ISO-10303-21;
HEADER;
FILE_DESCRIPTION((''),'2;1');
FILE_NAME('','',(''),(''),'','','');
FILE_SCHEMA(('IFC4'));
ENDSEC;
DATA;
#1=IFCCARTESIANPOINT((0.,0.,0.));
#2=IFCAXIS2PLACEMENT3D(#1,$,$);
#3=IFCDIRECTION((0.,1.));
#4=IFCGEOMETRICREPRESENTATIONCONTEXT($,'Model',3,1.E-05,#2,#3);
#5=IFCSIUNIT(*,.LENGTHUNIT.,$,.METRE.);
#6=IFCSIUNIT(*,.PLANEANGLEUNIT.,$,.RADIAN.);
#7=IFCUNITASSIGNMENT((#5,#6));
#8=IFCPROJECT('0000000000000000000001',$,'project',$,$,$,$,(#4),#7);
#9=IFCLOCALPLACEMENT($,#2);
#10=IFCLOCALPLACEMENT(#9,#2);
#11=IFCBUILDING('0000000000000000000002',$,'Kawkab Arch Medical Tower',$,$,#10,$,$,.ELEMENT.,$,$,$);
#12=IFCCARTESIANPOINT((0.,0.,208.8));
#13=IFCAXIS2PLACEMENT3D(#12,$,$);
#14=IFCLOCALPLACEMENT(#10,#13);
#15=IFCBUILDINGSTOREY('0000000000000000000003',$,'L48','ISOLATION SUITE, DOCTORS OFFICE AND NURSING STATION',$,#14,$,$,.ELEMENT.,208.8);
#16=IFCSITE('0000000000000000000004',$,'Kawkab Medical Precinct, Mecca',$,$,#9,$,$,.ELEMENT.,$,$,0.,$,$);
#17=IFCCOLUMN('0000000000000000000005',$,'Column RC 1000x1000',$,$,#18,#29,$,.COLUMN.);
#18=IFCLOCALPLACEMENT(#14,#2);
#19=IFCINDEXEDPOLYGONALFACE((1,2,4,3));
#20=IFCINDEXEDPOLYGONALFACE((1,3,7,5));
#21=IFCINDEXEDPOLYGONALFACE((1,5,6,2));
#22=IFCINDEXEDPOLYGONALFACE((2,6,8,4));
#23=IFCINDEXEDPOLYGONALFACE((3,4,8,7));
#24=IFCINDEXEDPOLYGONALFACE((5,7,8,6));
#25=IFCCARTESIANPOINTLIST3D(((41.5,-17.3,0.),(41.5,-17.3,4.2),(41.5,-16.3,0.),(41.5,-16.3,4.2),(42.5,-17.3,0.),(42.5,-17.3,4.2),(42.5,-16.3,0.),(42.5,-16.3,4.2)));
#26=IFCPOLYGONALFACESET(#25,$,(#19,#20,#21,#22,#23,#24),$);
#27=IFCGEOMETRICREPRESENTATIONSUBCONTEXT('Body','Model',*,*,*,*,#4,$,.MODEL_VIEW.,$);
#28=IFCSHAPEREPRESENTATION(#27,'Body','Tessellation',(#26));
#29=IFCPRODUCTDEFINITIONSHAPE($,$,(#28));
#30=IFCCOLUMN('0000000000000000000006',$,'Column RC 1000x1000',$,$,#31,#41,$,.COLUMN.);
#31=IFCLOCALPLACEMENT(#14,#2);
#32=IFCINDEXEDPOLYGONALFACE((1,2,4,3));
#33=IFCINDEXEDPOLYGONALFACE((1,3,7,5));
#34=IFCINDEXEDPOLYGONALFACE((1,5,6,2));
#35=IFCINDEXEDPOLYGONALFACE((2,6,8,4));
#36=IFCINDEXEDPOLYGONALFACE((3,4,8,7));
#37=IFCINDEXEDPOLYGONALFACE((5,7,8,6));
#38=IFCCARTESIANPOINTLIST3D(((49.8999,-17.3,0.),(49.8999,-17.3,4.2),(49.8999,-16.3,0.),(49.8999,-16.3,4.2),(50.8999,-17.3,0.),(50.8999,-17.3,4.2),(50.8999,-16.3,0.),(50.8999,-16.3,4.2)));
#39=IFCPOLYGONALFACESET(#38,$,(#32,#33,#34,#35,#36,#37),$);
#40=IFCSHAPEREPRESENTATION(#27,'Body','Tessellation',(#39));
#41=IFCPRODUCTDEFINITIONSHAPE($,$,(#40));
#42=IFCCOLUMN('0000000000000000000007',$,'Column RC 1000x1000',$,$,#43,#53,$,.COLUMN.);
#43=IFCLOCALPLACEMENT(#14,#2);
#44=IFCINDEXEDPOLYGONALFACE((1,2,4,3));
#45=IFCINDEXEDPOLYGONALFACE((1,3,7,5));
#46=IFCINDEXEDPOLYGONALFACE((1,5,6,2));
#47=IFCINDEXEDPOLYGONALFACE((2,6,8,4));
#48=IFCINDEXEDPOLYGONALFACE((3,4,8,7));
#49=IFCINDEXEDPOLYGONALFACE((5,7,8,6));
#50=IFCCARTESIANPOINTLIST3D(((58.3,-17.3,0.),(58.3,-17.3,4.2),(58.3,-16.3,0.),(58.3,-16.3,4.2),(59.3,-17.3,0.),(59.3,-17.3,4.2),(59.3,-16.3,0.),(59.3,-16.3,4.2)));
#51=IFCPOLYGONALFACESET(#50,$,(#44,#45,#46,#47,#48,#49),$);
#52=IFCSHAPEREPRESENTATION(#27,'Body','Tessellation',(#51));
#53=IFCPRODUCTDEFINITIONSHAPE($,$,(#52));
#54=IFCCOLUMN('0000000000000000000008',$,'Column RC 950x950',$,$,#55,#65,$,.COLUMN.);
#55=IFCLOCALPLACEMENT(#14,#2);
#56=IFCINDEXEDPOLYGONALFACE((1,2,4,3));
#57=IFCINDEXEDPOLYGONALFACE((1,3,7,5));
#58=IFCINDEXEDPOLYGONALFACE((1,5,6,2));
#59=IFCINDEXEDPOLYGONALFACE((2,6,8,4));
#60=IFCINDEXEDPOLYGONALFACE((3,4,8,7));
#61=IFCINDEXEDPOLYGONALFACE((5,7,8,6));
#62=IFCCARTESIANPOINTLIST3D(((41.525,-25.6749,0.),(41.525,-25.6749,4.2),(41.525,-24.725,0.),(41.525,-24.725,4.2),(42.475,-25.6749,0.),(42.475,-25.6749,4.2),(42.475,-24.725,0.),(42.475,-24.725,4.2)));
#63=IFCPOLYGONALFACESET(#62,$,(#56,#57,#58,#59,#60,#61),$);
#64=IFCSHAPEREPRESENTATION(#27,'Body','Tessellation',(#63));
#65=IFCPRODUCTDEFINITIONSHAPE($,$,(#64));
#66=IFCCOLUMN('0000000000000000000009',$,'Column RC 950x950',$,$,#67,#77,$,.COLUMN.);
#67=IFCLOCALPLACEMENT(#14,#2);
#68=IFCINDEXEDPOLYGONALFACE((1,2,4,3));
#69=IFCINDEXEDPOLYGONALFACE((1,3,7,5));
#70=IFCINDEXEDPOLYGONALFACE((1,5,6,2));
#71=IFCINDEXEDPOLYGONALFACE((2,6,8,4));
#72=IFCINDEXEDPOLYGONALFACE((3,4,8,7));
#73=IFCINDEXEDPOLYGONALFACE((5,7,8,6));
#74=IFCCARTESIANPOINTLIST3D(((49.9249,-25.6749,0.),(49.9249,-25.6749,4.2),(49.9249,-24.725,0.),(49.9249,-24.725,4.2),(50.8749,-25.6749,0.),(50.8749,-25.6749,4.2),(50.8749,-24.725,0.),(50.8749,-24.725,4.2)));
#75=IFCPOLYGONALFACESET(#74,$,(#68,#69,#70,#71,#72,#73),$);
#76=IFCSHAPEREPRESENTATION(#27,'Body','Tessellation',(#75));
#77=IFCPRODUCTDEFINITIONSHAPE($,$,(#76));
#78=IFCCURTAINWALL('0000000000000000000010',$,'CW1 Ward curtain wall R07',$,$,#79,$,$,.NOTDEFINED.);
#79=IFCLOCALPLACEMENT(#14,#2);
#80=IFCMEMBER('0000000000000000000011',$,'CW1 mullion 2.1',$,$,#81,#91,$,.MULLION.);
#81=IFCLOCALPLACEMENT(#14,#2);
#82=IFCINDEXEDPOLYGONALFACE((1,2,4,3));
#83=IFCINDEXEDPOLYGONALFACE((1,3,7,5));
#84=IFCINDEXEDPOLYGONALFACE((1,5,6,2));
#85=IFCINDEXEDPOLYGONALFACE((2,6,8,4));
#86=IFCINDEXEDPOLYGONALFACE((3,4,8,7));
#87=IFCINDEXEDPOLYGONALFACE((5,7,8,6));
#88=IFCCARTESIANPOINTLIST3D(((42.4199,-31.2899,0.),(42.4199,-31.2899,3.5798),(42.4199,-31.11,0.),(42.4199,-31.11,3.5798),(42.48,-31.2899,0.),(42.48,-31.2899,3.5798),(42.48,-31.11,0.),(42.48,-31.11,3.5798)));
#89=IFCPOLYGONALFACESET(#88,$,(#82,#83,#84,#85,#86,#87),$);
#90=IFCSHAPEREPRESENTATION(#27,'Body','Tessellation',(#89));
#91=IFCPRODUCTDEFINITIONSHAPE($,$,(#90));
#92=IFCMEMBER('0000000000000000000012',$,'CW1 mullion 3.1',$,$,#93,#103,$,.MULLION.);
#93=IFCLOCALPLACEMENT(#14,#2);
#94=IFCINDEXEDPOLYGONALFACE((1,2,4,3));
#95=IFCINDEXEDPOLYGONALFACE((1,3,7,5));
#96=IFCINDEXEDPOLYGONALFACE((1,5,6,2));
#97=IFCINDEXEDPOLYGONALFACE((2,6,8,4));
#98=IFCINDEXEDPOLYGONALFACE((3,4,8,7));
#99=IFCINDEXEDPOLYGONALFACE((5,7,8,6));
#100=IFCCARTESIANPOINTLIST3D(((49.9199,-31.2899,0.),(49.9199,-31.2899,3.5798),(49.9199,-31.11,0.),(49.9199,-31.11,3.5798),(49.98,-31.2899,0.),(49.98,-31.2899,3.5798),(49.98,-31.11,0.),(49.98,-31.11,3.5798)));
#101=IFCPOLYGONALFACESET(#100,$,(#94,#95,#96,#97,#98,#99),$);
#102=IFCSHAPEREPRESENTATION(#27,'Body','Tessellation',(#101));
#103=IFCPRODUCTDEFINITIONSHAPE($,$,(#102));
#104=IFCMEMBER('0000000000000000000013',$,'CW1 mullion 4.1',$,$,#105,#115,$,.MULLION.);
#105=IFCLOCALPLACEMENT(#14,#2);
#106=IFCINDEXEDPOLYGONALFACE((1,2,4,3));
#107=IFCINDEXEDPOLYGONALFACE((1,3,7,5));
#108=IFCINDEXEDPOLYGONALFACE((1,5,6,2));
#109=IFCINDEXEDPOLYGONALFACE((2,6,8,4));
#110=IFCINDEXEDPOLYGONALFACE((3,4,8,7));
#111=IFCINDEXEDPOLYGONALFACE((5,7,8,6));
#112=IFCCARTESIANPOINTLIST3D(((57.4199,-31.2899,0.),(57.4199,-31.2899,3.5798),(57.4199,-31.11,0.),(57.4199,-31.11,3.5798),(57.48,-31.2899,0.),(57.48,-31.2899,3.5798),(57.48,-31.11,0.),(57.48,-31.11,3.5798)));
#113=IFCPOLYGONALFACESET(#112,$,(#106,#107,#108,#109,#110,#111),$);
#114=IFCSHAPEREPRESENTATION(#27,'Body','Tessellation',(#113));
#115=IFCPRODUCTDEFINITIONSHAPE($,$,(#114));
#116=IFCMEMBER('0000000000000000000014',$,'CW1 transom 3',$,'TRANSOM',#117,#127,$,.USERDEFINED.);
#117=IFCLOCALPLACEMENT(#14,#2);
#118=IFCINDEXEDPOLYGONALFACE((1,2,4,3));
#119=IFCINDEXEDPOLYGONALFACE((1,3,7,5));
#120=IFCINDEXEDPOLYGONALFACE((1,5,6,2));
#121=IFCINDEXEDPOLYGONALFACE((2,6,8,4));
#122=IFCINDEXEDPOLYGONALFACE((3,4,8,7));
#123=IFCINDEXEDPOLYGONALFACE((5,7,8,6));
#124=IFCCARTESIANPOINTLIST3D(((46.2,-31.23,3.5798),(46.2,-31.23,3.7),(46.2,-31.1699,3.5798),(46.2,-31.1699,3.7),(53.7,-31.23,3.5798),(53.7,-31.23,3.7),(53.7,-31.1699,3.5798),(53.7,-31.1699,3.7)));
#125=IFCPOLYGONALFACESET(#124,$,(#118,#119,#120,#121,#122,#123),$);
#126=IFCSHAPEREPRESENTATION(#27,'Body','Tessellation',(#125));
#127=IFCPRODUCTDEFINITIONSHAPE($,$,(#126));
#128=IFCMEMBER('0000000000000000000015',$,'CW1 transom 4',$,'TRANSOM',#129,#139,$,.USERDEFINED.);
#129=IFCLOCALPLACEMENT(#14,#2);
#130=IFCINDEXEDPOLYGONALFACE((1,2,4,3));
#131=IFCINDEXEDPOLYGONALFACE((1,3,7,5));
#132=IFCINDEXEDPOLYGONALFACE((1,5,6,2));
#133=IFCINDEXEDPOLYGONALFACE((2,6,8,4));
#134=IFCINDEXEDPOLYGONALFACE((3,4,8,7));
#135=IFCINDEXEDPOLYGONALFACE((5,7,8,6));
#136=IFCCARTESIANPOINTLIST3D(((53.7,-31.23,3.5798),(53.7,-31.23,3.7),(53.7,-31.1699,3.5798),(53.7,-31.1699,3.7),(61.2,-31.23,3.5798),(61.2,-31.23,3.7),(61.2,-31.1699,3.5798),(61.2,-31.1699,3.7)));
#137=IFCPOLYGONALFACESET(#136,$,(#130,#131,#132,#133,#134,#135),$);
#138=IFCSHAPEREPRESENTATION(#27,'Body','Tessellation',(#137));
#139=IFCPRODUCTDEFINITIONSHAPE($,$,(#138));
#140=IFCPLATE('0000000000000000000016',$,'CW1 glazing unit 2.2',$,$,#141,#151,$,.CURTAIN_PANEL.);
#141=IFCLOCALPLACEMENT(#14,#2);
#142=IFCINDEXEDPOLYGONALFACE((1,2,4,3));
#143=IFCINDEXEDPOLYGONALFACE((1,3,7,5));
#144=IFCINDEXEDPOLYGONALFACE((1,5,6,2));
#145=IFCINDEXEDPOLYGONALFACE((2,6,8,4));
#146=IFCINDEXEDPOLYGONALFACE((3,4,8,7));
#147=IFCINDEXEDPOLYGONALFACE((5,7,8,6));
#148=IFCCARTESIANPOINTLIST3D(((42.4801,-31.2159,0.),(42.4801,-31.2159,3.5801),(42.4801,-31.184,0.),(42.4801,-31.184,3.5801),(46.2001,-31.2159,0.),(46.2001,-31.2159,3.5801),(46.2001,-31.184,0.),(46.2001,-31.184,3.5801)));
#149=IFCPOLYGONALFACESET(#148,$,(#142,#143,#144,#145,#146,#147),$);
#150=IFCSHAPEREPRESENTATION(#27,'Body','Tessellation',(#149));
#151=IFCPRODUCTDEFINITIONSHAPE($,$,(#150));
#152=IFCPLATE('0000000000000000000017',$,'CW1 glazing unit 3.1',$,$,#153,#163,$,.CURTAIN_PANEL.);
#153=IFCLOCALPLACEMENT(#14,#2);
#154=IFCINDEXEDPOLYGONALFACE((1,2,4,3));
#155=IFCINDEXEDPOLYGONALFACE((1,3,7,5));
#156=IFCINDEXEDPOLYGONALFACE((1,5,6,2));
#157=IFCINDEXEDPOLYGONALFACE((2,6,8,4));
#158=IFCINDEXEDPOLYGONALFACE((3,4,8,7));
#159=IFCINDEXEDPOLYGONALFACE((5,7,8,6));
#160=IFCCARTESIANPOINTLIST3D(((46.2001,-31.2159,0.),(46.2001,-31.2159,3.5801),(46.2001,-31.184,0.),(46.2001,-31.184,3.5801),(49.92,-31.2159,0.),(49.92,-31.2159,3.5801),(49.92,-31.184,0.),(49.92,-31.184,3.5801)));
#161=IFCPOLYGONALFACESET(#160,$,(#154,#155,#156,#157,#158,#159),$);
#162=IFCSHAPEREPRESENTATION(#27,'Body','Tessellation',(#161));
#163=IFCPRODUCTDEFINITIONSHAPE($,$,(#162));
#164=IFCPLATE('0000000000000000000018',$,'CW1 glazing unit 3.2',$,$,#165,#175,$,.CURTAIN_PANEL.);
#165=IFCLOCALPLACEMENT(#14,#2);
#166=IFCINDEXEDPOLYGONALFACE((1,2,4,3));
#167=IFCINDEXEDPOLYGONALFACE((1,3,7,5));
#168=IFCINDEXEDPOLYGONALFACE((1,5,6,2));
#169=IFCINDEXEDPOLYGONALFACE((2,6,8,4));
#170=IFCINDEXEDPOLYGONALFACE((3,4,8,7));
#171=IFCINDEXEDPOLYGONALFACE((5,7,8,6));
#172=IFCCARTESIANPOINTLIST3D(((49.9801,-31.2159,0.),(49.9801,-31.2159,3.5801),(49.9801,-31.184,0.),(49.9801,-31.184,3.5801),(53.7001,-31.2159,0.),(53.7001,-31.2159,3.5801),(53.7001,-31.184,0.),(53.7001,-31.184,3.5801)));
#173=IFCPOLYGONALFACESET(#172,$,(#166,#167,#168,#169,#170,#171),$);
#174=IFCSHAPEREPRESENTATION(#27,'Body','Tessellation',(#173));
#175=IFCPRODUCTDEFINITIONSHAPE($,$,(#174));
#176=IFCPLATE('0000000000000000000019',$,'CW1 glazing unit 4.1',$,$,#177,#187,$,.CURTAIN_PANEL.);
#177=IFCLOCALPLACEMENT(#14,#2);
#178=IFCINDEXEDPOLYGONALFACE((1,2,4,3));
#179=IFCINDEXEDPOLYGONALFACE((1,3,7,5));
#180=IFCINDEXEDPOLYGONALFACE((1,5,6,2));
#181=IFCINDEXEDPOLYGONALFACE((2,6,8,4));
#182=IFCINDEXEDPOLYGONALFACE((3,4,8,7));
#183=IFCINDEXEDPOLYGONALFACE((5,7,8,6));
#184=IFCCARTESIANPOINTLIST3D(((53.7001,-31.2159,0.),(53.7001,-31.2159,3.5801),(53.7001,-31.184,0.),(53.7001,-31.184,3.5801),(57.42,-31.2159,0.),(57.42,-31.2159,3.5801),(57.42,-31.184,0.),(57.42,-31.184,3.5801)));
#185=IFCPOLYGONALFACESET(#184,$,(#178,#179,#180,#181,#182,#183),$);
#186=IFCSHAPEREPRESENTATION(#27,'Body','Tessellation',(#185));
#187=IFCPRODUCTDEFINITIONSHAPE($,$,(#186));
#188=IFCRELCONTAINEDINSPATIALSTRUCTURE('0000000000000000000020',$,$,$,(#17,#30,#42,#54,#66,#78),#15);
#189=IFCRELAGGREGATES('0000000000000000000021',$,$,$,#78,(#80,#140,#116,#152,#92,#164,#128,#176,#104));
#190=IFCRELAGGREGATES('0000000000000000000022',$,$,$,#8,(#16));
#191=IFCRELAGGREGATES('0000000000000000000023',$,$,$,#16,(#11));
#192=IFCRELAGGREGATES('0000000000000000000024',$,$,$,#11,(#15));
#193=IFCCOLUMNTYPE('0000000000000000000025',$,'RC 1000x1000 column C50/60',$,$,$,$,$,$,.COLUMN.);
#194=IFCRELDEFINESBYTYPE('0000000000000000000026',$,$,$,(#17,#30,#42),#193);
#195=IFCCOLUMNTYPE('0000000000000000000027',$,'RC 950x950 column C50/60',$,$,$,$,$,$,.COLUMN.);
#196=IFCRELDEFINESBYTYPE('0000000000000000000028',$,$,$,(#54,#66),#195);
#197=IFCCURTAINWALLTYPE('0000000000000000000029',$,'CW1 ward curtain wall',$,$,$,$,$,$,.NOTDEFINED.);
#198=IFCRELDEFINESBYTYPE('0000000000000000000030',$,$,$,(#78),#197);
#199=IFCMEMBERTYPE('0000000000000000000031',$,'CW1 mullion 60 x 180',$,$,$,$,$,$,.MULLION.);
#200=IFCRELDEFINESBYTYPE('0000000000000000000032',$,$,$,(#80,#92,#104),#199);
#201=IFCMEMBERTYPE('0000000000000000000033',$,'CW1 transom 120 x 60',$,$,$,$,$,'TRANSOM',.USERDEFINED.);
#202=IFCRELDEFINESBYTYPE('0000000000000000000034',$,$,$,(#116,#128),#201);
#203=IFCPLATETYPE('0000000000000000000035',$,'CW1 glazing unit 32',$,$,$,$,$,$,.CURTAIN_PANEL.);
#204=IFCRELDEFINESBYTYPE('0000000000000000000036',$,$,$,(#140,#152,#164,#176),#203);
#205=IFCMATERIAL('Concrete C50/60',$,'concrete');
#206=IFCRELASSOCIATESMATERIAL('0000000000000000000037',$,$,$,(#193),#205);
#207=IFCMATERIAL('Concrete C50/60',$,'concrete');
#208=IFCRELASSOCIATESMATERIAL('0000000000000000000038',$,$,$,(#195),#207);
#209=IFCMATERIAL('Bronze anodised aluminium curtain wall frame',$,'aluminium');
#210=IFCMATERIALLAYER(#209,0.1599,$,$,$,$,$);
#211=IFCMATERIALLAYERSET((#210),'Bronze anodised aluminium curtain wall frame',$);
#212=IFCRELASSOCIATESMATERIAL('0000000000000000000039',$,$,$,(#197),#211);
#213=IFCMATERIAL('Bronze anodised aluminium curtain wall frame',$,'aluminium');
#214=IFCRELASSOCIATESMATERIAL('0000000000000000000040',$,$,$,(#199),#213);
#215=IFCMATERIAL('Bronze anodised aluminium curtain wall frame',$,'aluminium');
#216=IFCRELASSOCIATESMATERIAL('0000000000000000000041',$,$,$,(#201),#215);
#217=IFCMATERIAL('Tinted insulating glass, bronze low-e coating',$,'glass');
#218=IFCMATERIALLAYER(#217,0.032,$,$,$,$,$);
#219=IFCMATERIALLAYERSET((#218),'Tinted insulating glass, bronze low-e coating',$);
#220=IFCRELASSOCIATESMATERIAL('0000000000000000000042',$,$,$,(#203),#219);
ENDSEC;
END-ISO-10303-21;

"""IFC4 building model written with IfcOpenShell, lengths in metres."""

from ifc_helpers import new_model, si_unit, direction, frame, origin, origin_2d, place, context, subcontext, project, spatial, rectangle, extrude, material, layer, layer_set, material_profile, profile_set, type_object, element, aggregate, save


model = new_model("IFC4")

# Units and contexts
model_context = context("Model", 3, precision=1e-05, world=origin(), true_north=direction((0.0, 1.0)))
body_context = subcontext(model_context, "Body", "Model", "MODEL_VIEW")
ifc_project = project(units=[si_unit("LENGTHUNIT", "METRE"), si_unit("PLANEANGLEUNIT", "RADIAN")], contexts=[model_context])

# Site, building, storey
site_placement = place(None, origin())
site = spatial("IfcSite", under=ifc_project, at=site_placement, Name="Kawkab Medical Precinct, Mecca", CompositionType="ELEMENT", RefElevation=0.0)
building_placement = place(site_placement, origin())
building = spatial("IfcBuilding", under=site, at=building_placement, Name="Kawkab Arch Medical Tower", CompositionType="ELEMENT")
storey_placement = place(building_placement, frame((0.0, 0.0, 208.8)))
storey = spatial("IfcBuildingStorey", under=building, at=storey_placement, Name="L48", Description="ISOLATION SUITE, DOCTORS OFFICE AND NURSING STATION", CompositionType="ELEMENT", Elevation=208.8)

# Columns
ifc_material_1 = material(Name="Concrete C50/60", Category="concrete")
ifc_material_profile_1 = material_profile(ifc_material_1, rectangle(XDim=1.0, YDim=1.0, at=origin_2d()), Name="RC 1000x1000")
ifc_profile_set_1 = profile_set([ifc_material_profile_1], Name="Concrete C50/60")
column_type_1 = type_object("IfcColumnType", Name="RC 1000x1000 column C50/60", PredefinedType="COLUMN", material=ifc_profile_set_1)
for number, where, z_axis, x_axis, name in (
    (1, (42.0, -16.8, 0.0), (0.0, 0.0, 1.0), (1.0, 0.0, 0.0), "Column RC 1000x1000"),
    (2, (50.3999, -16.8, 0.0), (0.0, 0.0, 1.0), (1.0, 0.0, 0.0), "Column RC 1000x1000"),
    (3, (58.8, -16.8, 0.0), (0.0, 0.0, 1.0), (1.0, 0.0, 0.0), "Column RC 1000x1000"),
):
    element("IfcColumn", number, at=place(storey_placement, frame(where, z_axis=z_axis, x_axis=x_axis)), inside=storey, type_object=column_type_1, Name=name, PredefinedType="COLUMN", context=body_context, shape_type="SweptSolid", body=[
        extrude(rectangle(XDim=1.0, YDim=1.0, at=origin_2d()), origin(), (0.0, 0.0, 1.0), 4.2),
    ])
ifc_material_2 = material(Name="Concrete C50/60", Category="concrete")
ifc_material_profile_2 = material_profile(ifc_material_2, rectangle(XDim=0.95, YDim=0.95, at=origin_2d()), Name="RC 950x950")
ifc_profile_set_2 = profile_set([ifc_material_profile_2], Name="Concrete C50/60")
column_type_2 = type_object("IfcColumnType", Name="RC 950x950 column C50/60", PredefinedType="COLUMN", material=ifc_profile_set_2)
for number, where, z_axis, x_axis, name in (
    (4, (42.0, -25.2, 0.0), (0.0, 0.0, 1.0), (1.0, 0.0, 0.0), "Column RC 950x950"),
    (5, (50.3999, -25.2, 0.0), (0.0, 0.0, 1.0), (1.0, 0.0, 0.0), "Column RC 950x950"),
):
    element("IfcColumn", number, at=place(storey_placement, frame(where, z_axis=z_axis, x_axis=x_axis)), inside=storey, type_object=column_type_2, Name=name, PredefinedType="COLUMN", context=body_context, shape_type="SweptSolid", body=[
        extrude(rectangle(XDim=0.95, YDim=0.95, at=origin_2d()), origin(), (0.0, 0.0, 1.0), 4.2),
    ])

# Curtain wall, members, plates
ifc_material_3 = material(Name="Bronze anodised aluminium curtain wall frame", Category="aluminium")
ifc_layer_1 = layer(ifc_material_3, 0.1599)
ifc_layer_set_1 = layer_set([ifc_layer_1], Name="Bronze anodised aluminium curtain wall frame")
curtain_wall_type = type_object("IfcCurtainWallType", Name="CW1 ward curtain wall", PredefinedType="NOTDEFINED", material=ifc_layer_set_1)
curtain_wall_placement = place(storey_placement, origin())
curtain_wall = element("IfcCurtainWall", 6, at=curtain_wall_placement, inside=storey, type_object=curtain_wall_type, Name="CW1 Ward curtain wall R07", PredefinedType="NOTDEFINED")
ifc_material_4 = material(Name="Bronze anodised aluminium curtain wall frame", Category="aluminium")
ifc_material_profile_3 = material_profile(ifc_material_4, rectangle(XDim=0.1799, YDim=0.0601, at=origin_2d()), Name="AL 60x180")
ifc_profile_set_3 = profile_set([ifc_material_profile_3], Name="Bronze anodised aluminium curtain wall frame")
member_type_1 = type_object("IfcMemberType", Name="CW1 mullion 60 x 180", PredefinedType="MULLION", material=ifc_profile_set_3)
member_1_placement = place(storey_placement, frame((42.45, -31.2, 0.0), z_axis=(0.0, 0.0, 1.0), x_axis=(0.0, 1.0, 0.0)))
member_1 = element("IfcMember", 7, at=member_1_placement, type_object=member_type_1, Name="CW1 mullion 2.1", PredefinedType="MULLION", context=body_context, shape_type="SweptSolid", body=[
    extrude(rectangle(XDim=0.1799, YDim=0.0601, at=origin_2d()), origin(), (0.0, 0.0, 1.0), 3.5798),
])
member_2_placement = place(storey_placement, frame((49.95, -31.2, 0.0), z_axis=(0.0, 0.0, 1.0), x_axis=(0.0, 1.0, 0.0)))
member_2 = element("IfcMember", 8, at=member_2_placement, type_object=member_type_1, Name="CW1 mullion 3.1", PredefinedType="MULLION", context=body_context, shape_type="SweptSolid", body=[
    extrude(rectangle(XDim=0.1799, YDim=0.0601, at=origin_2d()), origin(), (0.0, 0.0, 1.0), 3.5798),
])
member_3_placement = place(storey_placement, frame((57.45, -31.2, 0.0), z_axis=(0.0, 0.0, 1.0), x_axis=(0.0, 1.0, 0.0)))
member_3 = element("IfcMember", 9, at=member_3_placement, type_object=member_type_1, Name="CW1 mullion 4.1", PredefinedType="MULLION", context=body_context, shape_type="SweptSolid", body=[
    extrude(rectangle(XDim=0.1799, YDim=0.0601, at=origin_2d()), origin(), (0.0, 0.0, 1.0), 3.5798),
])
ifc_material_5 = material(Name="Bronze anodised aluminium curtain wall frame", Category="aluminium")
ifc_material_profile_4 = material_profile(ifc_material_5, rectangle(XDim=0.0601, YDim=0.1201, at=origin_2d()), Name="AL 60x120")
ifc_profile_set_4 = profile_set([ifc_material_profile_4], Name="Bronze anodised aluminium curtain wall frame")
member_type_2 = type_object("IfcMemberType", Name="CW1 transom 120 x 60", ElementType="TRANSOM", PredefinedType="USERDEFINED", material=ifc_profile_set_4)
member_4_placement = place(storey_placement, frame((46.2, -31.2, 3.6399), z_axis=(1.0, 0.0, 0.0), x_axis=(0.0, 1.0, 0.0)))
member_4 = element("IfcMember", 10, at=member_4_placement, type_object=member_type_2, Name="CW1 transom 3", ObjectType="TRANSOM", PredefinedType="USERDEFINED", context=body_context, shape_type="SweptSolid", body=[
    extrude(rectangle(XDim=0.0601, YDim=0.1201, at=origin_2d()), origin(), (0.0, 0.0, 1.0), 7.5),
])
member_5_placement = place(storey_placement, frame((53.7, -31.2, 3.6399), z_axis=(1.0, 0.0, 0.0), x_axis=(0.0, 1.0, 0.0)))
member_5 = element("IfcMember", 11, at=member_5_placement, type_object=member_type_2, Name="CW1 transom 4", ObjectType="TRANSOM", PredefinedType="USERDEFINED", context=body_context, shape_type="SweptSolid", body=[
    extrude(rectangle(XDim=0.0601, YDim=0.1201, at=origin_2d()), origin(), (0.0, 0.0, 1.0), 7.5),
])
ifc_material_6 = material(Name="Tinted insulating glass, bronze low-e coating", Category="glass")
ifc_layer_2 = layer(ifc_material_6, 0.032)
ifc_layer_set_2 = layer_set([ifc_layer_2], Name="Tinted insulating glass, bronze low-e coating")
plate_type = type_object("IfcPlateType", Name="CW1 glazing unit 32", PredefinedType="CURTAIN_PANEL", material=ifc_layer_set_2)
plate_1_placement = place(storey_placement, frame((44.3401, -31.2, 0.0), z_axis=(0.0, 0.0, 1.0), x_axis=(1.0, 0.0, 0.0)))
plate_1 = element("IfcPlate", 12, at=plate_1_placement, type_object=plate_type, Name="CW1 glazing unit 2.2", PredefinedType="CURTAIN_PANEL", context=body_context, shape_type="SweptSolid", body=[
    extrude(rectangle(XDim=3.72, YDim=0.032, at=origin_2d()), origin(), (0.0, 0.0, 1.0), 3.5801),
])
plate_2_placement = place(storey_placement, frame((48.0601, -31.2, 0.0), z_axis=(0.0, 0.0, 1.0), x_axis=(1.0, 0.0, 0.0)))
plate_2 = element("IfcPlate", 13, at=plate_2_placement, type_object=plate_type, Name="CW1 glazing unit 3.1", PredefinedType="CURTAIN_PANEL", context=body_context, shape_type="SweptSolid", body=[
    extrude(rectangle(XDim=3.72, YDim=0.032, at=origin_2d()), origin(), (0.0, 0.0, 1.0), 3.5801),
])
plate_3_placement = place(storey_placement, frame((51.8401, -31.2, 0.0), z_axis=(0.0, 0.0, 1.0), x_axis=(1.0, 0.0, 0.0)))
plate_3 = element("IfcPlate", 14, at=plate_3_placement, type_object=plate_type, Name="CW1 glazing unit 3.2", PredefinedType="CURTAIN_PANEL", context=body_context, shape_type="SweptSolid", body=[
    extrude(rectangle(XDim=3.72, YDim=0.032, at=origin_2d()), origin(), (0.0, 0.0, 1.0), 3.5801),
])
plate_4_placement = place(storey_placement, frame((55.5601, -31.2, 0.0), z_axis=(0.0, 0.0, 1.0), x_axis=(1.0, 0.0, 0.0)))
plate_4 = element("IfcPlate", 15, at=plate_4_placement, type_object=plate_type, Name="CW1 glazing unit 4.1", PredefinedType="CURTAIN_PANEL", context=body_context, shape_type="SweptSolid", body=[
    extrude(rectangle(XDim=3.72, YDim=0.032, at=origin_2d()), origin(), (0.0, 0.0, 1.0), 3.5801),
])
aggregate(curtain_wall, [member_1, plate_1, member_4, plate_2, member_2, plate_3, member_5, plate_4, member_3])

save(model, "model.ifc")
